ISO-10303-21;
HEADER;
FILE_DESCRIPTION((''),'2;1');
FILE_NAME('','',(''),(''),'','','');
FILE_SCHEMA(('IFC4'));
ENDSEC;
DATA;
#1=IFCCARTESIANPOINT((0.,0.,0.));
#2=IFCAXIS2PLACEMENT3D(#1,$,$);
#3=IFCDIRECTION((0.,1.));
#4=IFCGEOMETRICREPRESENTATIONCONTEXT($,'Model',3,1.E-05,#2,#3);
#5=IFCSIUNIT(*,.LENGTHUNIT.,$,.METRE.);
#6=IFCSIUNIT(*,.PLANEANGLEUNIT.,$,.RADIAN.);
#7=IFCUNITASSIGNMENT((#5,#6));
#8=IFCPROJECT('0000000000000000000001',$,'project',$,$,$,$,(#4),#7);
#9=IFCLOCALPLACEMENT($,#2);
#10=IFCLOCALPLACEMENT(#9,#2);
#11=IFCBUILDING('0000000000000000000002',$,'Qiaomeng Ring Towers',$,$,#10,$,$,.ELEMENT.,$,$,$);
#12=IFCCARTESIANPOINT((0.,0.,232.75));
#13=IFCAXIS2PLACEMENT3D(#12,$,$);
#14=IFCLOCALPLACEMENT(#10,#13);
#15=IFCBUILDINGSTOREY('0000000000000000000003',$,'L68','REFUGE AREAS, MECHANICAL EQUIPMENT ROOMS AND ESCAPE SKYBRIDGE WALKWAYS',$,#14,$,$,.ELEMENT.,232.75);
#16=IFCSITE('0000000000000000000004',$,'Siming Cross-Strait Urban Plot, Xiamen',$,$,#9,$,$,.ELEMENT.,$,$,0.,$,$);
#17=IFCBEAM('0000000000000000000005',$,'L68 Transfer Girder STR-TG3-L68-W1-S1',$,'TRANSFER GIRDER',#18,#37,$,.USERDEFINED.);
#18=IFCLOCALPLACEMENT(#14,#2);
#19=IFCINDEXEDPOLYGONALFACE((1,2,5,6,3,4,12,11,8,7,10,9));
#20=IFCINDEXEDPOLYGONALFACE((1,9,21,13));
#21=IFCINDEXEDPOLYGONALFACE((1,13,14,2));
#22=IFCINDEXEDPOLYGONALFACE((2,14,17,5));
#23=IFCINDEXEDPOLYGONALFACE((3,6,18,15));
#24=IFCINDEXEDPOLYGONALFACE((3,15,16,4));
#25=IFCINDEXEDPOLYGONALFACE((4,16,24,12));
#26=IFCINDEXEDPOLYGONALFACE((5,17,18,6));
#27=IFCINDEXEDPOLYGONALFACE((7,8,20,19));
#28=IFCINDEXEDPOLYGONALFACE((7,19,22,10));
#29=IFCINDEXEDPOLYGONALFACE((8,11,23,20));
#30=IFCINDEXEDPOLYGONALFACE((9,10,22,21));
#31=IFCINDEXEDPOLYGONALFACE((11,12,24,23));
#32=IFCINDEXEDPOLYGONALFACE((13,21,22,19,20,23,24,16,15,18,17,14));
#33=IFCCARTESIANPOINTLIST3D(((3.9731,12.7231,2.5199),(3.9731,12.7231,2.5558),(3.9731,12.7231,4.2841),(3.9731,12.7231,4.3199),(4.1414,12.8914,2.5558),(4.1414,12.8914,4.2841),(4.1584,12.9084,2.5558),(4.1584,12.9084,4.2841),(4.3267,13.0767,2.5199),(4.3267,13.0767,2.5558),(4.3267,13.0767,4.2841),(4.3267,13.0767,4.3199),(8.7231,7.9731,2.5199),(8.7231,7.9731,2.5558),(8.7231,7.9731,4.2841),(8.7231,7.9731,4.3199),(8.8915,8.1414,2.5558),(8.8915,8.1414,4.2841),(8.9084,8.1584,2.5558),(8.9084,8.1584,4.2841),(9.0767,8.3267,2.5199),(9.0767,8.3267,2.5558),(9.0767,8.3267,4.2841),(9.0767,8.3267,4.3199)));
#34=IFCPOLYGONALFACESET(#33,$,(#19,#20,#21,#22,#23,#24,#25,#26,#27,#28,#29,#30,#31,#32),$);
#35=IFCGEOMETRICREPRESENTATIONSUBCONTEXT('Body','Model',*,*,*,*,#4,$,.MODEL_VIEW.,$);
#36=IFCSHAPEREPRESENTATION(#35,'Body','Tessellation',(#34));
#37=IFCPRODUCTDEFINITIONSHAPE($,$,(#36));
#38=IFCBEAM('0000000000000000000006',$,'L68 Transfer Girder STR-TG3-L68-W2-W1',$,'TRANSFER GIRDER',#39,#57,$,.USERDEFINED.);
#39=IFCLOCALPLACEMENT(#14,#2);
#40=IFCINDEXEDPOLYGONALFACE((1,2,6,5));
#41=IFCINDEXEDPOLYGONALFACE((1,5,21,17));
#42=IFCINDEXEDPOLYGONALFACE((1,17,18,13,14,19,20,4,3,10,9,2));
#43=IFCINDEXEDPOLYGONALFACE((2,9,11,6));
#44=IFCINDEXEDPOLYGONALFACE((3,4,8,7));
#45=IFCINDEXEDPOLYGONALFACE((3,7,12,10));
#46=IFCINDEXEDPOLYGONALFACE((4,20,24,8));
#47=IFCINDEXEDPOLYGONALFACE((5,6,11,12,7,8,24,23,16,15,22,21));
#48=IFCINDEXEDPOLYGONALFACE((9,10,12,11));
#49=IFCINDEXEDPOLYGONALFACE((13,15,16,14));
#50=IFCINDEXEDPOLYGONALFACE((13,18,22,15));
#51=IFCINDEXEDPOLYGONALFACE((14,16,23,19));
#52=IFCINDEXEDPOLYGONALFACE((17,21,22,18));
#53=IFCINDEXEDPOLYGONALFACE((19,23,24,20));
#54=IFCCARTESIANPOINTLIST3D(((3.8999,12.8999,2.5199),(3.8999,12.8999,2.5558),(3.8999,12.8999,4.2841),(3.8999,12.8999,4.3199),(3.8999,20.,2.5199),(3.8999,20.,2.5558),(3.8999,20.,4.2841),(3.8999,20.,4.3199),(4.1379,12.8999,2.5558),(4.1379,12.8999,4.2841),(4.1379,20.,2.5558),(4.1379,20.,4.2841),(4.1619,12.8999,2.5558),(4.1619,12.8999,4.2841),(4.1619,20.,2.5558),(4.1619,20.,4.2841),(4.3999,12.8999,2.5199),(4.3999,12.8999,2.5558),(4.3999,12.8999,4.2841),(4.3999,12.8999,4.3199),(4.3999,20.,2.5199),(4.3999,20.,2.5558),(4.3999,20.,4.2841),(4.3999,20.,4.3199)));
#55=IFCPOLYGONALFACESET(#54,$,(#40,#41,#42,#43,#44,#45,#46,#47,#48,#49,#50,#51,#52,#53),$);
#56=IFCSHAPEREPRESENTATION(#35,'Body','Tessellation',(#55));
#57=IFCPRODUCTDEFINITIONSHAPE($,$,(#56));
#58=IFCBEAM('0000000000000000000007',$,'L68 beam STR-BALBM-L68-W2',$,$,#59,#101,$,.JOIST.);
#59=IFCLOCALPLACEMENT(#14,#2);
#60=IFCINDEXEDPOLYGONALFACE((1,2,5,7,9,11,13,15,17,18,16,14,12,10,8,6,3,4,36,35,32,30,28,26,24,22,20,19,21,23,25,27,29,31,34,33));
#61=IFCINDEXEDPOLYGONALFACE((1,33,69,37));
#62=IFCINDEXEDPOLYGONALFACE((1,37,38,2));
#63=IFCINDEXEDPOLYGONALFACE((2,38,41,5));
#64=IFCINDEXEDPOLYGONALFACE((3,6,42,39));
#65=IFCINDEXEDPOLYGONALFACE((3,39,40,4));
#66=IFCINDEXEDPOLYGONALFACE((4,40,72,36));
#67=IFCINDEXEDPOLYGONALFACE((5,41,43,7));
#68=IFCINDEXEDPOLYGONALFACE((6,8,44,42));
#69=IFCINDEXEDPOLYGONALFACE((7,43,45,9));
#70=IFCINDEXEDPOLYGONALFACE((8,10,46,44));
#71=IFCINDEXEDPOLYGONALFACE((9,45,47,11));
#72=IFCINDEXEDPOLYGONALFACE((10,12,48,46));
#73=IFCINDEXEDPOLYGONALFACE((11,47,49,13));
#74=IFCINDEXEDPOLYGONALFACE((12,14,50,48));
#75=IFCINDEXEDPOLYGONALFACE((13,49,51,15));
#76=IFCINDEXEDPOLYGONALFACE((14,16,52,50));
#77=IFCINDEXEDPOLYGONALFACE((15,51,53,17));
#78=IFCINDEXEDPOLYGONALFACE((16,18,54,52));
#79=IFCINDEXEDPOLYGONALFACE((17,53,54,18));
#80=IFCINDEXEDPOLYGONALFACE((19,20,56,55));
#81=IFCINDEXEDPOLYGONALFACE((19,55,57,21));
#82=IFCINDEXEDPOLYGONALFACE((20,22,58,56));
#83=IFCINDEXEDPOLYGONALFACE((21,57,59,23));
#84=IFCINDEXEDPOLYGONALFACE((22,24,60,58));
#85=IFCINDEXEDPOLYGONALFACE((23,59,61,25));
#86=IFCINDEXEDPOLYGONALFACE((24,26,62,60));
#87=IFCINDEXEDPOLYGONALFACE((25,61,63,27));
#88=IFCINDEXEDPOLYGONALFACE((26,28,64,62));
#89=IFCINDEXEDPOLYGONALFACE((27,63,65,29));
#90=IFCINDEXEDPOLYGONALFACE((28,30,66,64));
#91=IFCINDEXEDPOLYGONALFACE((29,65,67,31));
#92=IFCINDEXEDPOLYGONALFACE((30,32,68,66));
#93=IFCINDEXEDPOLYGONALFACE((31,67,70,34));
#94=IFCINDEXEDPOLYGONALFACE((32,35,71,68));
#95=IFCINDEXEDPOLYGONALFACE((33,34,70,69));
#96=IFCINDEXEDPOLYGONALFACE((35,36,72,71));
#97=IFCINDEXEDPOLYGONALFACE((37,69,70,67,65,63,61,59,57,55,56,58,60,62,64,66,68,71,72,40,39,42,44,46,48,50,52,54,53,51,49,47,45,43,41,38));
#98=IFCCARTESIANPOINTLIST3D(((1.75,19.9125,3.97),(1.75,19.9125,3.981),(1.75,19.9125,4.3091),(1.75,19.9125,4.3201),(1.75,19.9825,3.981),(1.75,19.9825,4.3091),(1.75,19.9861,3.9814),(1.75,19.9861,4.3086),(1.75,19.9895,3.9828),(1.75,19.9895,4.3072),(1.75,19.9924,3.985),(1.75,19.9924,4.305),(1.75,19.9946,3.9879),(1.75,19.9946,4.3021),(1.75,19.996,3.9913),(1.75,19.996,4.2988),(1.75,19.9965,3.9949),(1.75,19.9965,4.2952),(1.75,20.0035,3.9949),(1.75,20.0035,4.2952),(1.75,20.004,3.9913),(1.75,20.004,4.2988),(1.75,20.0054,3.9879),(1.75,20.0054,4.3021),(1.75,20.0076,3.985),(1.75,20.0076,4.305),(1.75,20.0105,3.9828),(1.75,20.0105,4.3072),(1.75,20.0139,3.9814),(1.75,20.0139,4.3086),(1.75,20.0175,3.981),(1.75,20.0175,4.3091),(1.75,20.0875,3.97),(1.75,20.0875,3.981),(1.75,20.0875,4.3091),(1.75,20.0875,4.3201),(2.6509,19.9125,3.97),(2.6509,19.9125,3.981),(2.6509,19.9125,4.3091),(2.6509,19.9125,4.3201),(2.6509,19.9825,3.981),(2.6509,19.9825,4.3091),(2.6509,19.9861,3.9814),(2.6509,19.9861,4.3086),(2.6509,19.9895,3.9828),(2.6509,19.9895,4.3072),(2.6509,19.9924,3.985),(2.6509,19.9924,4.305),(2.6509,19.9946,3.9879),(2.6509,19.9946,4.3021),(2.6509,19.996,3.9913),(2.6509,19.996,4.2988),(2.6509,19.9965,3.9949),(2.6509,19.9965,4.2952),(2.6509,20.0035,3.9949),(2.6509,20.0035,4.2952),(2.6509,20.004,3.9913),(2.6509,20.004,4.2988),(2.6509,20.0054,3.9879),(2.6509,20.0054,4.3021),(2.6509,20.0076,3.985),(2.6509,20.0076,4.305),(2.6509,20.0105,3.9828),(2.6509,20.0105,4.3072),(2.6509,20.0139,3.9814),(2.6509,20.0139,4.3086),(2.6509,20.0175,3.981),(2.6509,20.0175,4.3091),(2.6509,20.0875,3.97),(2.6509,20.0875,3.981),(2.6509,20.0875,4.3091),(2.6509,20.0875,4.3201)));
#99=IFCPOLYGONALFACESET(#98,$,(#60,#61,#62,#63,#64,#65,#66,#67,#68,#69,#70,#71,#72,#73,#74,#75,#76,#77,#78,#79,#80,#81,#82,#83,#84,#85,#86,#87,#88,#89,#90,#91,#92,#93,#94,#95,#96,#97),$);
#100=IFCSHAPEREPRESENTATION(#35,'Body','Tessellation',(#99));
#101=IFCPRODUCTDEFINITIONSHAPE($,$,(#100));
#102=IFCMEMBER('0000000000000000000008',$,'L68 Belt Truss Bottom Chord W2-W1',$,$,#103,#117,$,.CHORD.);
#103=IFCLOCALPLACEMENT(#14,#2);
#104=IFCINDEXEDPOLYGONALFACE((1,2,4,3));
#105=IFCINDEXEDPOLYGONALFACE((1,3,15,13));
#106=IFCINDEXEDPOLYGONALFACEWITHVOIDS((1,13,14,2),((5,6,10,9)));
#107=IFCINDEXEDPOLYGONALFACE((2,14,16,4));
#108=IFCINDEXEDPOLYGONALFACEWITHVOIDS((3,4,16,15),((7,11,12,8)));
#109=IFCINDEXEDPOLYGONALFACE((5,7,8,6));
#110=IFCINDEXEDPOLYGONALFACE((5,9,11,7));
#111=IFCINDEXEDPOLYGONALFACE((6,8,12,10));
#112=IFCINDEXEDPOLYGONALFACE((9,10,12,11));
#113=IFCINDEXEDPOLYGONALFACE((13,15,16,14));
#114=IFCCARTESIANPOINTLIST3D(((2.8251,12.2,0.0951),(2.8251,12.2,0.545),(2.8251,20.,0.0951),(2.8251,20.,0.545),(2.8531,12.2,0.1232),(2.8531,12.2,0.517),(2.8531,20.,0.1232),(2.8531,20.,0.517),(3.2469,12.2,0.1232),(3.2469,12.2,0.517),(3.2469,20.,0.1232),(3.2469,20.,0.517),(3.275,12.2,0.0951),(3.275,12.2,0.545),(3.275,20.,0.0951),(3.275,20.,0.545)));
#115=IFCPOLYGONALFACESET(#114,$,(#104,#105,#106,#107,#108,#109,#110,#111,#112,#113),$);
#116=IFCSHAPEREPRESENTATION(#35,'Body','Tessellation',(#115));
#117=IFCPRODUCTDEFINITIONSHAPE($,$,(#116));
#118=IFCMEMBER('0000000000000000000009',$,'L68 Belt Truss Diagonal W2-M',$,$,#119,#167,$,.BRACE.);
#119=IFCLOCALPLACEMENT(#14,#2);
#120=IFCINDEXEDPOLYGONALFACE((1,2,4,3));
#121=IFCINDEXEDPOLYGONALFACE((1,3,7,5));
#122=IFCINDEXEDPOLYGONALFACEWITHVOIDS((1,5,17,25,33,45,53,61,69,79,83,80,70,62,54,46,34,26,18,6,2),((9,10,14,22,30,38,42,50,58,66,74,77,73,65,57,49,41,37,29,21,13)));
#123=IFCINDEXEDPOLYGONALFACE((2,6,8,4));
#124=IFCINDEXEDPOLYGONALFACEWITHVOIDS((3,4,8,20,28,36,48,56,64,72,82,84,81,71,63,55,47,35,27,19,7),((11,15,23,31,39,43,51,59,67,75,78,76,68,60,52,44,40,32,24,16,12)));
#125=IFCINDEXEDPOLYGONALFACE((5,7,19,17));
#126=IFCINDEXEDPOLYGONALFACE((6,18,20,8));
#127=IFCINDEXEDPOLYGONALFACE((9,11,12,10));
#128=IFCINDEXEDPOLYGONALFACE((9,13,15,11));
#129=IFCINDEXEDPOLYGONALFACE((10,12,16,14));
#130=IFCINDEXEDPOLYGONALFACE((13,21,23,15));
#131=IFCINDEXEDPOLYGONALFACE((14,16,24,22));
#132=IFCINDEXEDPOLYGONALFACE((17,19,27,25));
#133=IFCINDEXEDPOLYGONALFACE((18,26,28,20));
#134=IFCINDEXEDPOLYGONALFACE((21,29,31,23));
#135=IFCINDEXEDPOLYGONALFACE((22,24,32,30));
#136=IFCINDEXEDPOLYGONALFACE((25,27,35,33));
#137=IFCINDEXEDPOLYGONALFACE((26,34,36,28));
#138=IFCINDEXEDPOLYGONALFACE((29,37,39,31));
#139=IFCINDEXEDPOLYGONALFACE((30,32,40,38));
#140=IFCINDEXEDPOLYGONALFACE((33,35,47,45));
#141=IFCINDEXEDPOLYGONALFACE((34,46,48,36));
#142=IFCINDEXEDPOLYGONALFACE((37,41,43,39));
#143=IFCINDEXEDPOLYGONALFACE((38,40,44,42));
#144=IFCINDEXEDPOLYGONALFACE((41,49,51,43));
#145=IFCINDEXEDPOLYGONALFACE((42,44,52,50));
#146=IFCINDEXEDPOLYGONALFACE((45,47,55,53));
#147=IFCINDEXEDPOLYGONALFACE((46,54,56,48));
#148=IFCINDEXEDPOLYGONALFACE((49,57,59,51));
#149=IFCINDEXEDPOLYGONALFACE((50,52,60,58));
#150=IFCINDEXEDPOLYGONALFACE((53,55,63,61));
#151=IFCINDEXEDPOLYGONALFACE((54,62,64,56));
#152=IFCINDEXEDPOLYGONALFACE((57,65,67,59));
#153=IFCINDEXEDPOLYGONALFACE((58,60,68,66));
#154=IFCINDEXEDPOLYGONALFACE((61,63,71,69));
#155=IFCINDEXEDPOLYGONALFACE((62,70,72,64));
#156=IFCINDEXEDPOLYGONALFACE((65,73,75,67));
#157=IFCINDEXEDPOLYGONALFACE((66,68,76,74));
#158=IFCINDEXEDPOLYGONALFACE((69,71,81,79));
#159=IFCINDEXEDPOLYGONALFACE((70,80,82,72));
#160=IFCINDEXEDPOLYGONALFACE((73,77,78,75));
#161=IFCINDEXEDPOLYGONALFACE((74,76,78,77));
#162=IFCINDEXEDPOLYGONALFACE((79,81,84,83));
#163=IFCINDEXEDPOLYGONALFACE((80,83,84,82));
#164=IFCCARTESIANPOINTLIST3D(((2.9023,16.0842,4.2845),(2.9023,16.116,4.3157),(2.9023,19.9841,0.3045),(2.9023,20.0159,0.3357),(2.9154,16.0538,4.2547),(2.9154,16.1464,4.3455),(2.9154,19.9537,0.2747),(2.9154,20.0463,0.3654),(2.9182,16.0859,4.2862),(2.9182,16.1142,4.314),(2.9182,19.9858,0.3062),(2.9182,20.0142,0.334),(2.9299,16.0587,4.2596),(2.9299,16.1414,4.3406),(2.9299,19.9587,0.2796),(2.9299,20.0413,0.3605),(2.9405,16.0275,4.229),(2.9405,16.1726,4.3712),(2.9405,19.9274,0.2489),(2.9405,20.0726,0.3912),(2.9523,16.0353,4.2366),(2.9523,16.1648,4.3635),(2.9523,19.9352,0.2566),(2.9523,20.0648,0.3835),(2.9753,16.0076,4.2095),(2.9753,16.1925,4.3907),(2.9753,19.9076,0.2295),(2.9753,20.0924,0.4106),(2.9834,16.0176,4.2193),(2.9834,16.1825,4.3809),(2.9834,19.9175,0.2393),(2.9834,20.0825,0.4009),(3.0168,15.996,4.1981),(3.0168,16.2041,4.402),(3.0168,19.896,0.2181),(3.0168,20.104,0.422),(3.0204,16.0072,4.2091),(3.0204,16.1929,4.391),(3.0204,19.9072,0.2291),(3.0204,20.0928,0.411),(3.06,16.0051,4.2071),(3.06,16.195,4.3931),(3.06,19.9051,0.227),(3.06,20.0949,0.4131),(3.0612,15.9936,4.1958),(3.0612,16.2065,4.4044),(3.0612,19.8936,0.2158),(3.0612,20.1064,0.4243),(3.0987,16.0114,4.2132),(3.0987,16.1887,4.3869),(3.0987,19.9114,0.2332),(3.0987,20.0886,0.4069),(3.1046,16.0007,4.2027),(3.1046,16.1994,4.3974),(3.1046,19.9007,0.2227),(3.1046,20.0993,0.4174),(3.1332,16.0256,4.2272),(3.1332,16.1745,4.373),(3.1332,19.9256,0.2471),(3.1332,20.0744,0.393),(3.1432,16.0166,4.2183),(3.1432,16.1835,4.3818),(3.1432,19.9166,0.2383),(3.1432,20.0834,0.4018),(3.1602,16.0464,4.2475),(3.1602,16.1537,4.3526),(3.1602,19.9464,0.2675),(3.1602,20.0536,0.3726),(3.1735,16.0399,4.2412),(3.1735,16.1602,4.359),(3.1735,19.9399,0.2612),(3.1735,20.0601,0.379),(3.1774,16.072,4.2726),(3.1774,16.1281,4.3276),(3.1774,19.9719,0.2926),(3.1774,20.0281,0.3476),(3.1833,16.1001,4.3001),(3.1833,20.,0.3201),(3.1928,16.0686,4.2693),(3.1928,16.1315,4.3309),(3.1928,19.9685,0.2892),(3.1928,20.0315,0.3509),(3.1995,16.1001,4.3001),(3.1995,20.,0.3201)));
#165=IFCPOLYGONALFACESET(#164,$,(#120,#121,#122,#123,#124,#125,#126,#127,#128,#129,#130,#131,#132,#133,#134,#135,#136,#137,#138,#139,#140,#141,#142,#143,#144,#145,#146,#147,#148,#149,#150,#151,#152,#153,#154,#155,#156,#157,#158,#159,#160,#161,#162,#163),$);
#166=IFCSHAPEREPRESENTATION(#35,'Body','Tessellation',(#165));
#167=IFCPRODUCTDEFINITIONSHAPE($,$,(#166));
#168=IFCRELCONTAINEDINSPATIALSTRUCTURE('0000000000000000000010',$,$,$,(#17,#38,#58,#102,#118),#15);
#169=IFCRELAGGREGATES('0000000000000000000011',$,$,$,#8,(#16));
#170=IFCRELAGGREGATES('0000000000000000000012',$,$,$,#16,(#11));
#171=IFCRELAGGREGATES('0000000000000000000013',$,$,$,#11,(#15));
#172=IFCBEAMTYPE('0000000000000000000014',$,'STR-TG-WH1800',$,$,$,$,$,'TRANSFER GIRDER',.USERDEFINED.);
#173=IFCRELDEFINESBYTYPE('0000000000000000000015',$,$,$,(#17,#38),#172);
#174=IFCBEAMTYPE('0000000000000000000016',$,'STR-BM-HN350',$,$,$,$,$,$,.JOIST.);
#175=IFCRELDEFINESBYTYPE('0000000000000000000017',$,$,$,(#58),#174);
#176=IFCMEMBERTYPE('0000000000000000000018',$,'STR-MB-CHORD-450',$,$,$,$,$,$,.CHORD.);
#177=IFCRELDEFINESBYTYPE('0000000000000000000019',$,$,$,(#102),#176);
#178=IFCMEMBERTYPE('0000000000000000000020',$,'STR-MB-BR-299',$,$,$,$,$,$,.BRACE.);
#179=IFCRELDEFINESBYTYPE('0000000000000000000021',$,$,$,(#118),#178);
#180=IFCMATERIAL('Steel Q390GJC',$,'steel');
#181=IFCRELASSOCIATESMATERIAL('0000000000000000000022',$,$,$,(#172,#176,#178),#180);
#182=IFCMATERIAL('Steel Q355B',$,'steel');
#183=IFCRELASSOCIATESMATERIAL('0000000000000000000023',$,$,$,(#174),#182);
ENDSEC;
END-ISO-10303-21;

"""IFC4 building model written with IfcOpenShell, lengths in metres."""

from ifc_helpers import new_model, si_unit, direction, frame, origin, origin_2d, place, context, subcontext, project, spatial, hollow_rectangle, hollow_circle, i_section, extrude, source, transform, mapped, material, material_profile, profile_set, type_object, element, save


model = new_model("IFC4")

# Units and contexts
model_context = context("Model", 3, precision=1e-05, world=origin(), true_north=direction((0.0, 1.0)))
body_context = subcontext(model_context, "Body", "Model", "MODEL_VIEW")
ifc_project = project(units=[si_unit("LENGTHUNIT", "METRE"), si_unit("PLANEANGLEUNIT", "RADIAN")], contexts=[model_context])

# Site, building, storey
site_placement = place(None, origin())
site = spatial("IfcSite", under=ifc_project, at=site_placement, Name="Siming Cross-Strait Urban Plot, Xiamen", CompositionType="ELEMENT", RefElevation=0.0)
building_placement = place(site_placement, origin())
building = spatial("IfcBuilding", under=site, at=building_placement, Name="Qiaomeng Ring Towers", CompositionType="ELEMENT")
storey_placement = place(building_placement, frame((0.0, 0.0, 232.75)))
storey = spatial("IfcBuildingStorey", under=building, at=storey_placement, Name="L68", Description="REFUGE AREAS, MECHANICAL EQUIPMENT ROOMS AND ESCAPE SKYBRIDGE WALKWAYS", CompositionType="ELEMENT", Elevation=232.75)

# Shared definitions
ifc_material_1 = material(Name="Steel Q390GJC", Category="steel")

# Beams
ifc_material_profile_1 = material_profile(ifc_material_1, i_section(OverallWidth=0.5, OverallDepth=1.8, WebThickness=0.0239, FlangeThickness=0.0359, at=origin_2d()), Name="WH 1800x500x24x36")
ifc_profile_set_1 = profile_set([ifc_material_profile_1], Name="Steel Q390GJC")
beam_type_1 = type_object("IfcBeamType", Name="STR-TG-WH1800", ElementType="TRANSFER GIRDER", PredefinedType="USERDEFINED", material=ifc_profile_set_1)
ifc_material_2 = material(Name="Steel Q355B", Category="steel")
shared_shape_1 = source(origin(), body_context, "Body", "SweptSolid", [
    extrude(i_section(OverallWidth=0.5, OverallDepth=1.8, WebThickness=0.0239, FlangeThickness=0.0359, at=origin_2d()), origin(), (0.0, 0.0, 1.0), 6.7175),
])
beam_1_placement = place(storey_placement, frame((4.1499, 12.8999, 3.4199), z_axis=(0.707107, -0.707107, 0.0), x_axis=(0.707107, 0.707107, 0.0)))
element("IfcBeam", 1, at=beam_1_placement, inside=storey, type_object=beam_type_1, Name="L68 Transfer Girder STR-TG3-L68-W1-S1", ObjectType="TRANSFER GIRDER", PredefinedType="USERDEFINED", context=body_context, shape_type="MappedRepresentation", body=[
    mapped(shared_shape_1, transform((0.0, 0.0, 0.0), x_axis=(1.0, 0.0, 0.0), y_axis=(0.0, 1.0, 0.0), z_axis=(0.0, 0.0, 1.0), scale=1.0)),
])
shared_shape_2 = source(origin(), body_context, "Body", "SweptSolid", [
    extrude(i_section(OverallWidth=0.5, OverallDepth=1.8, WebThickness=0.0239, FlangeThickness=0.0359, at=origin_2d()), origin(), (0.0, 0.0, 1.0), 7.1001),
])
beam_2_placement = place(storey_placement, frame((4.1499, 20.0, 3.4199), z_axis=(0.0, -1.0, 0.0), x_axis=(1.0, 0.0, 0.0)))
element("IfcBeam", 2, at=beam_2_placement, inside=storey, type_object=beam_type_1, Name="L68 Transfer Girder STR-TG3-L68-W2-W1", ObjectType="TRANSFER GIRDER", PredefinedType="USERDEFINED", context=body_context, shape_type="MappedRepresentation", body=[
    mapped(shared_shape_2, transform((0.0, 0.0, 0.0), x_axis=(1.0, 0.0, 0.0), y_axis=(0.0, 1.0, 0.0), z_axis=(0.0, 0.0, 1.0), scale=1.0)),
])
ifc_material_profile_2 = material_profile(ifc_material_2, i_section(OverallWidth=0.175, OverallDepth=0.3501, WebThickness=0.0071, FlangeThickness=0.011, FilletRadius=0.0139, at=origin_2d()), Name="HN 350x175x7x11")
ifc_profile_set_2 = profile_set([ifc_material_profile_2], Name="Steel Q355B")
beam_type_2 = type_object("IfcBeamType", Name="STR-BM-HN350", PredefinedType="JOIST", material=ifc_profile_set_2)
shared_shape_3 = source(origin(), body_context, "Body", "SweptSolid", [
    extrude(i_section(OverallWidth=0.175, OverallDepth=0.3501, WebThickness=0.0071, FlangeThickness=0.011, FilletRadius=0.0139, at=origin_2d()), origin(), (0.0, 0.0, 1.0), 0.9009),
])
beam_3_placement = place(storey_placement, frame((1.75, 20.0, 4.145), z_axis=(1.0, 0.0, 0.0), x_axis=(0.0, 1.0, 0.0)))
element("IfcBeam", 3, at=beam_3_placement, inside=storey, type_object=beam_type_2, Name="L68 beam STR-BALBM-L68-W2", PredefinedType="JOIST", context=body_context, shape_type="MappedRepresentation", body=[
    mapped(shared_shape_3, transform((0.0, 0.0, 0.0), x_axis=(1.0, 0.0, 0.0), y_axis=(0.0, 1.0, 0.0), z_axis=(0.0, 0.0, 1.0), scale=1.0)),
])

# Members
ifc_material_profile_3 = material_profile(ifc_material_1, hollow_rectangle(XDim=0.45, YDim=0.45, WallThickness=0.0281, at=origin_2d()), Name="SHS 450x450x28")
ifc_profile_set_3 = profile_set([ifc_material_profile_3], Name="Steel Q390GJC")
member_type_1 = type_object("IfcMemberType", Name="STR-MB-CHORD-450", PredefinedType="CHORD", material=ifc_profile_set_3)
shared_shape_4 = source(origin(), body_context, "Body", "SweptSolid", [
    extrude(hollow_rectangle(XDim=0.45, YDim=0.45, WallThickness=0.0281, at=origin_2d()), origin(), (0.0, 0.0, 1.0), 7.8),
])
member_1_placement = place(storey_placement, frame((3.05, 20.0, 0.3201), z_axis=(0.0, -1.0, 0.0), x_axis=(1.0, 0.0, 0.0)))
element("IfcMember", 4, at=member_1_placement, inside=storey, type_object=member_type_1, Name="L68 Belt Truss Bottom Chord W2-W1", PredefinedType="CHORD", context=body_context, shape_type="MappedRepresentation", body=[
    mapped(shared_shape_4, transform((0.0, 0.0, 0.0), x_axis=(1.0, 0.0, 0.0), y_axis=(0.0, 1.0, 0.0), z_axis=(0.0, 0.0, 1.0), scale=1.0)),
])
ifc_material_profile_4 = material_profile(ifc_material_1, hollow_circle(Radius=0.1494, WallThickness=0.0161, at=origin_2d()), Name="CHS 299x16")
ifc_profile_set_4 = profile_set([ifc_material_profile_4], Name="Steel Q390GJC")
member_type_2 = type_object("IfcMemberType", Name="STR-MB-BR-299", PredefinedType="BRACE", material=ifc_profile_set_4)
shared_shape_5 = source(origin(), body_context, "Body", "SweptSolid", [
    extrude(hollow_circle(Radius=0.1494, WallThickness=0.0161, at=origin_2d()), origin(), (0.0, 0.0, 1.0), 5.5723),
])
member_2_placement = place(storey_placement, frame((3.05, 20.0, 0.3201), z_axis=(0.0, -0.699885, 0.714256), x_axis=(1.0, 0.0, 0.0)))
element("IfcMember", 5, at=member_2_placement, inside=storey, type_object=member_type_2, Name="L68 Belt Truss Diagonal W2-M", PredefinedType="BRACE", context=body_context, shape_type="MappedRepresentation", body=[
    mapped(shared_shape_5, transform((0.0, 0.0, 0.0), x_axis=(1.0, 0.0, 0.0), y_axis=(0.0, 1.0, 0.0), z_axis=(0.0, 0.0, 1.0), scale=1.0)),
])

save(model, "model.ifc")
